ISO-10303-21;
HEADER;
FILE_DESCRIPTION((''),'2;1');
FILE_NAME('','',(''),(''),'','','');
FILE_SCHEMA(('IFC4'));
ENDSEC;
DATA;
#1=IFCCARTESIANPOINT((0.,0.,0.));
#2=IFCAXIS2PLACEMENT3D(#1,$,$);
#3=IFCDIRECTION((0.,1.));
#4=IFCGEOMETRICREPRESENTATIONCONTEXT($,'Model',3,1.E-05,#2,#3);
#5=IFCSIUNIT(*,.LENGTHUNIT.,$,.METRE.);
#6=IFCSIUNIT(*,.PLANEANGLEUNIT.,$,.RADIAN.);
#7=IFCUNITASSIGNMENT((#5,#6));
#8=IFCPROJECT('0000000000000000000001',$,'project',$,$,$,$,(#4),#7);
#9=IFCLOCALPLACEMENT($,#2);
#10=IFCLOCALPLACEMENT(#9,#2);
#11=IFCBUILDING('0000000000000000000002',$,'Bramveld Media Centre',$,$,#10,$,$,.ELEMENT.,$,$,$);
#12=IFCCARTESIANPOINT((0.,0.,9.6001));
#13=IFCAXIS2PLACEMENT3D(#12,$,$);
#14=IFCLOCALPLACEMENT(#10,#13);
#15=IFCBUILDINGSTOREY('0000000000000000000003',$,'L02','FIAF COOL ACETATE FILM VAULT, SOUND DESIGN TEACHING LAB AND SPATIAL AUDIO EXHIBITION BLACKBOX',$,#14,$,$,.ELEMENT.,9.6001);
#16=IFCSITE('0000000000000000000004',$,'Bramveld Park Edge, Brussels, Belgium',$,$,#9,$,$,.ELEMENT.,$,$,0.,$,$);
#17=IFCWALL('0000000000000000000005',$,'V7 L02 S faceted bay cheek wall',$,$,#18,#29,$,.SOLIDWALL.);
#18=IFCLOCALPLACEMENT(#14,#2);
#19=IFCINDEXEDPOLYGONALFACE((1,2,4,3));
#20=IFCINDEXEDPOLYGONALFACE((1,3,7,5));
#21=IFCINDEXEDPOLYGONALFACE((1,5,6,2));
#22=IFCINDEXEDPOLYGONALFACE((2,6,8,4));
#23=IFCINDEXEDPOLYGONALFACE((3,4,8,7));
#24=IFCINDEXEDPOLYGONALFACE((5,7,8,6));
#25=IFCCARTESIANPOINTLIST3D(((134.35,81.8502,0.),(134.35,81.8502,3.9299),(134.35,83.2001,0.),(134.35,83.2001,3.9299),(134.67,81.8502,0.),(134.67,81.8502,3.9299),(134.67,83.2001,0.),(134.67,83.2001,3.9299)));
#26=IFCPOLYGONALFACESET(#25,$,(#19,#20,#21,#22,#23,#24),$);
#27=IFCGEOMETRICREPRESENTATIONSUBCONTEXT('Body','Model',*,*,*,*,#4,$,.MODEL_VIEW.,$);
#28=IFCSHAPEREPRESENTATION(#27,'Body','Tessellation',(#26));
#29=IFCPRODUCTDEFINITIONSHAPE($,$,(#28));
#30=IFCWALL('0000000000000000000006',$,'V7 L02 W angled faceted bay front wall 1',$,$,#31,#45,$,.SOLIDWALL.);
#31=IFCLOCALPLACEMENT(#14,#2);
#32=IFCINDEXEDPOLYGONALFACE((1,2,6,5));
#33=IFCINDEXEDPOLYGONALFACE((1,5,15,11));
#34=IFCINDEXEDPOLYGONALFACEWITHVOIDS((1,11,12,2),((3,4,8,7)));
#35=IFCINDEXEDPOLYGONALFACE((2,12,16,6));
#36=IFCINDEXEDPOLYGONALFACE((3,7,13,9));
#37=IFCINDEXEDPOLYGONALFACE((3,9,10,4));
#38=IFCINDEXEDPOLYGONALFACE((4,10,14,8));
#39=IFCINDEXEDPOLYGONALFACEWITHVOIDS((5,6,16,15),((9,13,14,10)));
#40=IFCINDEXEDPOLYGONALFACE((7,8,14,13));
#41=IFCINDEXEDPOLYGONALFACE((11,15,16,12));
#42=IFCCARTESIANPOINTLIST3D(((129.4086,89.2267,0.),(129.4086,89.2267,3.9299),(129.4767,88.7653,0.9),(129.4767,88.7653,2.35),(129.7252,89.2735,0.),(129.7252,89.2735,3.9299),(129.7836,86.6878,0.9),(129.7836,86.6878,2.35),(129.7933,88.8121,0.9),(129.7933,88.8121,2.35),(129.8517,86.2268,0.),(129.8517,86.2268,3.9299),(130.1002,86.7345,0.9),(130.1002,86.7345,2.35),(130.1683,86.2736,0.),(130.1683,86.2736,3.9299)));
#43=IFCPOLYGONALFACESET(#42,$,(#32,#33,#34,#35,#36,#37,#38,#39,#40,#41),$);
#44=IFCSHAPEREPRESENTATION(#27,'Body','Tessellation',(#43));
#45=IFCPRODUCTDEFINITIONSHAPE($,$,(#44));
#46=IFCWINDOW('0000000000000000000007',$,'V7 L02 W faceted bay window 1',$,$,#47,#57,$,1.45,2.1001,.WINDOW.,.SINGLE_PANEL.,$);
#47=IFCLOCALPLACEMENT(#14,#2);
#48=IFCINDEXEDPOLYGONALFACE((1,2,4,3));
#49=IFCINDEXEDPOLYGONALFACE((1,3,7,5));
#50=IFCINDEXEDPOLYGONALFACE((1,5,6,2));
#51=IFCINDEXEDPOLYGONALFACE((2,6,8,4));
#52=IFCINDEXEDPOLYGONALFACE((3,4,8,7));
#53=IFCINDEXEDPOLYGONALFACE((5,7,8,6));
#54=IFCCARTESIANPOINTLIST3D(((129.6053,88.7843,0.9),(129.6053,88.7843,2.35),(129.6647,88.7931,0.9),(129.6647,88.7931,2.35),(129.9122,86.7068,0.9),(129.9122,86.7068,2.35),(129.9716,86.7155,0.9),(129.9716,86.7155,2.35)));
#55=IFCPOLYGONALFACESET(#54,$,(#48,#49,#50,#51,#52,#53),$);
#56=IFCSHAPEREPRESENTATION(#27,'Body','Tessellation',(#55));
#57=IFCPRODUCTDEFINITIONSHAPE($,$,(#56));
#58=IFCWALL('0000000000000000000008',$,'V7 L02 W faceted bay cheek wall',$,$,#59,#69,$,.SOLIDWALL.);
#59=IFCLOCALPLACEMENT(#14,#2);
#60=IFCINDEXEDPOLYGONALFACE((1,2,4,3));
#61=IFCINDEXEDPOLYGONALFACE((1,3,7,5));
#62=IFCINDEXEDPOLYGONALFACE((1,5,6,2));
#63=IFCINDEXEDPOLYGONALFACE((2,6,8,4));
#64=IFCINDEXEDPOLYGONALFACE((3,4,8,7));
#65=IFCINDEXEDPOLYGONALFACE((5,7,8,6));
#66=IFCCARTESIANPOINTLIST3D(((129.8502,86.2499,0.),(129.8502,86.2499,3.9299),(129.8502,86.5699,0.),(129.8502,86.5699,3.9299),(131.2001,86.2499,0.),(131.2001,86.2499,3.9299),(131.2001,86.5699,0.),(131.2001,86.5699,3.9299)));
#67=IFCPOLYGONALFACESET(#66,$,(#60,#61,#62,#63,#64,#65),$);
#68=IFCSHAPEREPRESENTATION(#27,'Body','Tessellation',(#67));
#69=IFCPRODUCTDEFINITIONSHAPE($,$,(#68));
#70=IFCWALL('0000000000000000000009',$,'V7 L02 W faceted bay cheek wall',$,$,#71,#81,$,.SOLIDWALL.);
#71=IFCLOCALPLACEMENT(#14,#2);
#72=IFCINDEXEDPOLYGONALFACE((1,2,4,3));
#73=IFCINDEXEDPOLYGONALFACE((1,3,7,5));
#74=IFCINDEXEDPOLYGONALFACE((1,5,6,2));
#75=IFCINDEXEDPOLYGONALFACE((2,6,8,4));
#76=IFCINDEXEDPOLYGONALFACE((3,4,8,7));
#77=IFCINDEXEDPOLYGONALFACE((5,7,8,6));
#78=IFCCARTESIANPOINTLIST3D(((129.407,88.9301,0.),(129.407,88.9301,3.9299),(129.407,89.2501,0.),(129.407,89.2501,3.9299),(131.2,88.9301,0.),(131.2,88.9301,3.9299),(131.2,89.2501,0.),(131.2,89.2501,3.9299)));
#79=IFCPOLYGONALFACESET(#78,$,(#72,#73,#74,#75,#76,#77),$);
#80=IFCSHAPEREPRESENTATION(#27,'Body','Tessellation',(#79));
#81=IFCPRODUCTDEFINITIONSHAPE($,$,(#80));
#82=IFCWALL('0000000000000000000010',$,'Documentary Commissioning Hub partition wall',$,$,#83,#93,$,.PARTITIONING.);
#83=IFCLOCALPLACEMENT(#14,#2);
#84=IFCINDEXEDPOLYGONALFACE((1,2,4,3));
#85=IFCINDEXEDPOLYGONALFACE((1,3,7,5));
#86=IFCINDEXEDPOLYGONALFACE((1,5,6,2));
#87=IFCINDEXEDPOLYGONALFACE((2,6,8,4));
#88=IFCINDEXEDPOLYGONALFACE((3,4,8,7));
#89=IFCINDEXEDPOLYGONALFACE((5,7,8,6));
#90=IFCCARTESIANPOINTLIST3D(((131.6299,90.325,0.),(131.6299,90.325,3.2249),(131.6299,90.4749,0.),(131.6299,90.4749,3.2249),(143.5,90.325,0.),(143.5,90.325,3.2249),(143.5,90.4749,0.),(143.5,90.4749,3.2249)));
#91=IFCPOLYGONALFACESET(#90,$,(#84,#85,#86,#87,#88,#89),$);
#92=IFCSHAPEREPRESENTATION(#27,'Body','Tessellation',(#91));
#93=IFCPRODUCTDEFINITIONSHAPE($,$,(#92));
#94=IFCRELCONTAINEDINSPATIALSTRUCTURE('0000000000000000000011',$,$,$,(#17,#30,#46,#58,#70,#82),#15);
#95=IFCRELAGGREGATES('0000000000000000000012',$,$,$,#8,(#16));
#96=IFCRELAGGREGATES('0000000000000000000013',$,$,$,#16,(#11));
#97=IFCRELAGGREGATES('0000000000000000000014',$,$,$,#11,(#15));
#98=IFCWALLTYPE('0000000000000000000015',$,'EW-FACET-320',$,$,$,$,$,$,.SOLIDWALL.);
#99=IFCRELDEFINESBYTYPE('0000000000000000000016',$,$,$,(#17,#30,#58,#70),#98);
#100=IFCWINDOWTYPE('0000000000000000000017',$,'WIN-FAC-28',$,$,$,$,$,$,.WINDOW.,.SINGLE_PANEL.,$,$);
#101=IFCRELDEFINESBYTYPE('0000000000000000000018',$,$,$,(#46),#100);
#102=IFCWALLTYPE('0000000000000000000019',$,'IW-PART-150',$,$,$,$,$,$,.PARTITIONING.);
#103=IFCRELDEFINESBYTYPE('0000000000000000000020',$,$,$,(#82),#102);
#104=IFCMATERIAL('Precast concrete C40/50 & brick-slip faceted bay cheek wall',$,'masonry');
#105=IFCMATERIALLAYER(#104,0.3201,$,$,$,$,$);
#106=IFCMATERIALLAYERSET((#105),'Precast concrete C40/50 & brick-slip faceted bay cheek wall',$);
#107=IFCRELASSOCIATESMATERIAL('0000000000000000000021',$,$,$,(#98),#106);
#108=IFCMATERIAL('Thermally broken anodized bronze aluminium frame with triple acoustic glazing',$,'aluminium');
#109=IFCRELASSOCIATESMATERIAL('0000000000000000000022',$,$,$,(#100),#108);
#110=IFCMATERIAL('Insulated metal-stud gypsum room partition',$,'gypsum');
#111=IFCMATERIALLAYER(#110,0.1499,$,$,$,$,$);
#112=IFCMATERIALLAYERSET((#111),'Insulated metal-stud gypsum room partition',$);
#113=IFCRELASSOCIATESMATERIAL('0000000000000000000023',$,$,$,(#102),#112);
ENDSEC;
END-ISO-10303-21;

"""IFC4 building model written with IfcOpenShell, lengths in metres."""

from ifc_helpers import new_model, si_unit, direction, frame, frame_2d, origin, place, context, subcontext, project, spatial, rectangle, extrude, material, layer, layer_set, type_object, element, fill, save


model = new_model("IFC4")

# Units and contexts
model_context = context("Model", 3, precision=1e-05, world=origin(), true_north=direction((0.0, 1.0)))
body_context = subcontext(model_context, "Body", "Model", "MODEL_VIEW")
ifc_project = project(units=[si_unit("LENGTHUNIT", "METRE"), si_unit("PLANEANGLEUNIT", "RADIAN")], contexts=[model_context])

# Site, building, storey
site_placement = place(None, origin())
site = spatial("IfcSite", under=ifc_project, at=site_placement, Name="Bramveld Park Edge, Brussels, Belgium", CompositionType="ELEMENT", RefElevation=0.0)
building_placement = place(site_placement, origin())
building = spatial("IfcBuilding", under=site, at=building_placement, Name="Bramveld Media Centre", CompositionType="ELEMENT")
storey_placement = place(building_placement, frame((0.0, 0.0, 9.6001)))
storey = spatial("IfcBuildingStorey", under=building, at=storey_placement, Name="L02", Description="FIAF COOL ACETATE FILM VAULT, SOUND DESIGN TEACHING LAB AND SPATIAL AUDIO EXHIBITION BLACKBOX", CompositionType="ELEMENT", Elevation=9.6001)

# Wall
ifc_material_1 = material(Name="Precast concrete C40/50 & brick-slip faceted bay cheek wall", Category="masonry")
ifc_layer_1 = layer(ifc_material_1, 0.3201)
ifc_layer_set_1 = layer_set([ifc_layer_1], Name="Precast concrete C40/50 & brick-slip faceted bay cheek wall")
wall_type_1 = type_object("IfcWallType", Name="EW-FACET-320", PredefinedType="SOLIDWALL", material=ifc_layer_set_1)
wall_1_placement = place(storey_placement, frame((134.51, 83.2, 0.0), z_axis=(0.0, 0.0, 1.0), x_axis=(0.0, -1.0, 0.0)))
element("IfcWall", 1, at=wall_1_placement, inside=storey, type_object=wall_type_1, Name="V7 L02 S faceted bay cheek wall", PredefinedType="SOLIDWALL", context=body_context, shape_type="SweptSolid", body=[
    extrude(rectangle(XDim=1.3499, YDim=0.3201, at=frame_2d((0.6748, 0.0))), origin(), (0.0, 0.0, 1.0), 3.9299),
])

# Wall, opening, window
wall_2_placement = place(storey_placement, frame((129.5669, 89.25, 0.0), z_axis=(0.0, 0.0, 1.0), x_axis=(0.14612, -0.989267, 0.0)))
wall_2 = element("IfcWall", 2, at=wall_2_placement, inside=storey, type_object=wall_type_1, Name="V7 L02 W angled faceted bay front wall 1", PredefinedType="SOLIDWALL", context=body_context, shape_type="SweptSolid", body=[
    extrude(rectangle(XDim=3.0325, YDim=0.3201, at=frame_2d((1.5161, 0.0))), origin(), (0.0, 0.0, 1.0), 3.9299),
])
opening_placement = place(wall_2_placement, frame((0.4663, 0.0, 0.8999)))
opening = element("IfcOpeningElement", 3, at=opening_placement, cuts=wall_2, PredefinedType="OPENING", context=body_context, shape_type="SweptSolid", body=[
    extrude(rectangle(XDim=2.1001, YDim=1.45, at=frame_2d((1.05, 0.7251))), frame((0.0, 0.1719, 0.0), z_axis=(0.0, -1.0, 0.0), x_axis=(1.0, 0.0, 0.0)), (0.0, 0.0, 1.0), 0.344),
])
ifc_material_2 = material(Name="Thermally broken anodized bronze aluminium frame with triple acoustic glazing", Category="aluminium")
window_type = type_object("IfcWindowType", Name="WIN-FAC-28", PartitioningType="SINGLE_PANEL", PredefinedType="WINDOW", material=ifc_material_2)
window_placement = place(opening_placement, origin())
window = element("IfcWindow", 4, at=window_placement, inside=storey, type_object=window_type, Name="V7 L02 W faceted bay window 1", OverallHeight=1.45, OverallWidth=2.1001, PartitioningType="SINGLE_PANEL", PredefinedType="WINDOW", context=body_context, shape_type="SweptSolid", body=[
    extrude(rectangle(XDim=2.1001, YDim=1.45, at=frame_2d((1.05, 0.7251))), frame((0.0, 0.03, 0.0), z_axis=(0.0, -1.0, 0.0), x_axis=(1.0, 0.0, 0.0)), (0.0, 0.0, 1.0), 0.0601),
])
fill(opening, window)

# Walls
wall_3_placement = place(storey_placement, frame((131.2, 86.4099, 0.0), z_axis=(0.0, 0.0, 1.0), x_axis=(-1.0, 0.0, 0.0)))
element("IfcWall", 5, at=wall_3_placement, inside=storey, type_object=wall_type_1, Name="V7 L02 W faceted bay cheek wall", PredefinedType="SOLIDWALL", context=body_context, shape_type="SweptSolid", body=[
    extrude(rectangle(XDim=1.3499, YDim=0.3201, at=frame_2d((0.6748, 0.0))), origin(), (0.0, 0.0, 1.0), 3.9299),
])
wall_4_placement = place(storey_placement, frame((131.2, 89.0901, 0.0), z_axis=(0.0, 0.0, 1.0), x_axis=(-1.0, 0.0, 0.0)))
element("IfcWall", 6, at=wall_4_placement, inside=storey, type_object=wall_type_1, Name="V7 L02 W faceted bay cheek wall", PredefinedType="SOLIDWALL", context=body_context, shape_type="SweptSolid", body=[
    extrude(rectangle(XDim=1.793, YDim=0.3201, at=frame_2d((0.8965, 0.0))), origin(), (0.0, 0.0, 1.0), 3.9299),
])
ifc_material_3 = material(Name="Insulated metal-stud gypsum room partition", Category="gypsum")
ifc_layer_2 = layer(ifc_material_3, 0.1499)
ifc_layer_set_2 = layer_set([ifc_layer_2], Name="Insulated metal-stud gypsum room partition")
wall_type_2 = type_object("IfcWallType", Name="IW-PART-150", PredefinedType="PARTITIONING", material=ifc_layer_set_2)
wall_5_placement = place(storey_placement, frame((131.6299, 90.3999, 0.0), z_axis=(0.0, 0.0, 1.0), x_axis=(1.0, 0.0, 0.0)))
element("IfcWall", 7, at=wall_5_placement, inside=storey, type_object=wall_type_2, Name="Documentary Commissioning Hub partition wall", PredefinedType="PARTITIONING", context=body_context, shape_type="SweptSolid", body=[
    extrude(rectangle(XDim=11.8701, YDim=0.1499, at=frame_2d((5.9351, 0.0))), origin(), (0.0, 0.0, 1.0), 3.2249),
])

save(model, "model.ifc")
